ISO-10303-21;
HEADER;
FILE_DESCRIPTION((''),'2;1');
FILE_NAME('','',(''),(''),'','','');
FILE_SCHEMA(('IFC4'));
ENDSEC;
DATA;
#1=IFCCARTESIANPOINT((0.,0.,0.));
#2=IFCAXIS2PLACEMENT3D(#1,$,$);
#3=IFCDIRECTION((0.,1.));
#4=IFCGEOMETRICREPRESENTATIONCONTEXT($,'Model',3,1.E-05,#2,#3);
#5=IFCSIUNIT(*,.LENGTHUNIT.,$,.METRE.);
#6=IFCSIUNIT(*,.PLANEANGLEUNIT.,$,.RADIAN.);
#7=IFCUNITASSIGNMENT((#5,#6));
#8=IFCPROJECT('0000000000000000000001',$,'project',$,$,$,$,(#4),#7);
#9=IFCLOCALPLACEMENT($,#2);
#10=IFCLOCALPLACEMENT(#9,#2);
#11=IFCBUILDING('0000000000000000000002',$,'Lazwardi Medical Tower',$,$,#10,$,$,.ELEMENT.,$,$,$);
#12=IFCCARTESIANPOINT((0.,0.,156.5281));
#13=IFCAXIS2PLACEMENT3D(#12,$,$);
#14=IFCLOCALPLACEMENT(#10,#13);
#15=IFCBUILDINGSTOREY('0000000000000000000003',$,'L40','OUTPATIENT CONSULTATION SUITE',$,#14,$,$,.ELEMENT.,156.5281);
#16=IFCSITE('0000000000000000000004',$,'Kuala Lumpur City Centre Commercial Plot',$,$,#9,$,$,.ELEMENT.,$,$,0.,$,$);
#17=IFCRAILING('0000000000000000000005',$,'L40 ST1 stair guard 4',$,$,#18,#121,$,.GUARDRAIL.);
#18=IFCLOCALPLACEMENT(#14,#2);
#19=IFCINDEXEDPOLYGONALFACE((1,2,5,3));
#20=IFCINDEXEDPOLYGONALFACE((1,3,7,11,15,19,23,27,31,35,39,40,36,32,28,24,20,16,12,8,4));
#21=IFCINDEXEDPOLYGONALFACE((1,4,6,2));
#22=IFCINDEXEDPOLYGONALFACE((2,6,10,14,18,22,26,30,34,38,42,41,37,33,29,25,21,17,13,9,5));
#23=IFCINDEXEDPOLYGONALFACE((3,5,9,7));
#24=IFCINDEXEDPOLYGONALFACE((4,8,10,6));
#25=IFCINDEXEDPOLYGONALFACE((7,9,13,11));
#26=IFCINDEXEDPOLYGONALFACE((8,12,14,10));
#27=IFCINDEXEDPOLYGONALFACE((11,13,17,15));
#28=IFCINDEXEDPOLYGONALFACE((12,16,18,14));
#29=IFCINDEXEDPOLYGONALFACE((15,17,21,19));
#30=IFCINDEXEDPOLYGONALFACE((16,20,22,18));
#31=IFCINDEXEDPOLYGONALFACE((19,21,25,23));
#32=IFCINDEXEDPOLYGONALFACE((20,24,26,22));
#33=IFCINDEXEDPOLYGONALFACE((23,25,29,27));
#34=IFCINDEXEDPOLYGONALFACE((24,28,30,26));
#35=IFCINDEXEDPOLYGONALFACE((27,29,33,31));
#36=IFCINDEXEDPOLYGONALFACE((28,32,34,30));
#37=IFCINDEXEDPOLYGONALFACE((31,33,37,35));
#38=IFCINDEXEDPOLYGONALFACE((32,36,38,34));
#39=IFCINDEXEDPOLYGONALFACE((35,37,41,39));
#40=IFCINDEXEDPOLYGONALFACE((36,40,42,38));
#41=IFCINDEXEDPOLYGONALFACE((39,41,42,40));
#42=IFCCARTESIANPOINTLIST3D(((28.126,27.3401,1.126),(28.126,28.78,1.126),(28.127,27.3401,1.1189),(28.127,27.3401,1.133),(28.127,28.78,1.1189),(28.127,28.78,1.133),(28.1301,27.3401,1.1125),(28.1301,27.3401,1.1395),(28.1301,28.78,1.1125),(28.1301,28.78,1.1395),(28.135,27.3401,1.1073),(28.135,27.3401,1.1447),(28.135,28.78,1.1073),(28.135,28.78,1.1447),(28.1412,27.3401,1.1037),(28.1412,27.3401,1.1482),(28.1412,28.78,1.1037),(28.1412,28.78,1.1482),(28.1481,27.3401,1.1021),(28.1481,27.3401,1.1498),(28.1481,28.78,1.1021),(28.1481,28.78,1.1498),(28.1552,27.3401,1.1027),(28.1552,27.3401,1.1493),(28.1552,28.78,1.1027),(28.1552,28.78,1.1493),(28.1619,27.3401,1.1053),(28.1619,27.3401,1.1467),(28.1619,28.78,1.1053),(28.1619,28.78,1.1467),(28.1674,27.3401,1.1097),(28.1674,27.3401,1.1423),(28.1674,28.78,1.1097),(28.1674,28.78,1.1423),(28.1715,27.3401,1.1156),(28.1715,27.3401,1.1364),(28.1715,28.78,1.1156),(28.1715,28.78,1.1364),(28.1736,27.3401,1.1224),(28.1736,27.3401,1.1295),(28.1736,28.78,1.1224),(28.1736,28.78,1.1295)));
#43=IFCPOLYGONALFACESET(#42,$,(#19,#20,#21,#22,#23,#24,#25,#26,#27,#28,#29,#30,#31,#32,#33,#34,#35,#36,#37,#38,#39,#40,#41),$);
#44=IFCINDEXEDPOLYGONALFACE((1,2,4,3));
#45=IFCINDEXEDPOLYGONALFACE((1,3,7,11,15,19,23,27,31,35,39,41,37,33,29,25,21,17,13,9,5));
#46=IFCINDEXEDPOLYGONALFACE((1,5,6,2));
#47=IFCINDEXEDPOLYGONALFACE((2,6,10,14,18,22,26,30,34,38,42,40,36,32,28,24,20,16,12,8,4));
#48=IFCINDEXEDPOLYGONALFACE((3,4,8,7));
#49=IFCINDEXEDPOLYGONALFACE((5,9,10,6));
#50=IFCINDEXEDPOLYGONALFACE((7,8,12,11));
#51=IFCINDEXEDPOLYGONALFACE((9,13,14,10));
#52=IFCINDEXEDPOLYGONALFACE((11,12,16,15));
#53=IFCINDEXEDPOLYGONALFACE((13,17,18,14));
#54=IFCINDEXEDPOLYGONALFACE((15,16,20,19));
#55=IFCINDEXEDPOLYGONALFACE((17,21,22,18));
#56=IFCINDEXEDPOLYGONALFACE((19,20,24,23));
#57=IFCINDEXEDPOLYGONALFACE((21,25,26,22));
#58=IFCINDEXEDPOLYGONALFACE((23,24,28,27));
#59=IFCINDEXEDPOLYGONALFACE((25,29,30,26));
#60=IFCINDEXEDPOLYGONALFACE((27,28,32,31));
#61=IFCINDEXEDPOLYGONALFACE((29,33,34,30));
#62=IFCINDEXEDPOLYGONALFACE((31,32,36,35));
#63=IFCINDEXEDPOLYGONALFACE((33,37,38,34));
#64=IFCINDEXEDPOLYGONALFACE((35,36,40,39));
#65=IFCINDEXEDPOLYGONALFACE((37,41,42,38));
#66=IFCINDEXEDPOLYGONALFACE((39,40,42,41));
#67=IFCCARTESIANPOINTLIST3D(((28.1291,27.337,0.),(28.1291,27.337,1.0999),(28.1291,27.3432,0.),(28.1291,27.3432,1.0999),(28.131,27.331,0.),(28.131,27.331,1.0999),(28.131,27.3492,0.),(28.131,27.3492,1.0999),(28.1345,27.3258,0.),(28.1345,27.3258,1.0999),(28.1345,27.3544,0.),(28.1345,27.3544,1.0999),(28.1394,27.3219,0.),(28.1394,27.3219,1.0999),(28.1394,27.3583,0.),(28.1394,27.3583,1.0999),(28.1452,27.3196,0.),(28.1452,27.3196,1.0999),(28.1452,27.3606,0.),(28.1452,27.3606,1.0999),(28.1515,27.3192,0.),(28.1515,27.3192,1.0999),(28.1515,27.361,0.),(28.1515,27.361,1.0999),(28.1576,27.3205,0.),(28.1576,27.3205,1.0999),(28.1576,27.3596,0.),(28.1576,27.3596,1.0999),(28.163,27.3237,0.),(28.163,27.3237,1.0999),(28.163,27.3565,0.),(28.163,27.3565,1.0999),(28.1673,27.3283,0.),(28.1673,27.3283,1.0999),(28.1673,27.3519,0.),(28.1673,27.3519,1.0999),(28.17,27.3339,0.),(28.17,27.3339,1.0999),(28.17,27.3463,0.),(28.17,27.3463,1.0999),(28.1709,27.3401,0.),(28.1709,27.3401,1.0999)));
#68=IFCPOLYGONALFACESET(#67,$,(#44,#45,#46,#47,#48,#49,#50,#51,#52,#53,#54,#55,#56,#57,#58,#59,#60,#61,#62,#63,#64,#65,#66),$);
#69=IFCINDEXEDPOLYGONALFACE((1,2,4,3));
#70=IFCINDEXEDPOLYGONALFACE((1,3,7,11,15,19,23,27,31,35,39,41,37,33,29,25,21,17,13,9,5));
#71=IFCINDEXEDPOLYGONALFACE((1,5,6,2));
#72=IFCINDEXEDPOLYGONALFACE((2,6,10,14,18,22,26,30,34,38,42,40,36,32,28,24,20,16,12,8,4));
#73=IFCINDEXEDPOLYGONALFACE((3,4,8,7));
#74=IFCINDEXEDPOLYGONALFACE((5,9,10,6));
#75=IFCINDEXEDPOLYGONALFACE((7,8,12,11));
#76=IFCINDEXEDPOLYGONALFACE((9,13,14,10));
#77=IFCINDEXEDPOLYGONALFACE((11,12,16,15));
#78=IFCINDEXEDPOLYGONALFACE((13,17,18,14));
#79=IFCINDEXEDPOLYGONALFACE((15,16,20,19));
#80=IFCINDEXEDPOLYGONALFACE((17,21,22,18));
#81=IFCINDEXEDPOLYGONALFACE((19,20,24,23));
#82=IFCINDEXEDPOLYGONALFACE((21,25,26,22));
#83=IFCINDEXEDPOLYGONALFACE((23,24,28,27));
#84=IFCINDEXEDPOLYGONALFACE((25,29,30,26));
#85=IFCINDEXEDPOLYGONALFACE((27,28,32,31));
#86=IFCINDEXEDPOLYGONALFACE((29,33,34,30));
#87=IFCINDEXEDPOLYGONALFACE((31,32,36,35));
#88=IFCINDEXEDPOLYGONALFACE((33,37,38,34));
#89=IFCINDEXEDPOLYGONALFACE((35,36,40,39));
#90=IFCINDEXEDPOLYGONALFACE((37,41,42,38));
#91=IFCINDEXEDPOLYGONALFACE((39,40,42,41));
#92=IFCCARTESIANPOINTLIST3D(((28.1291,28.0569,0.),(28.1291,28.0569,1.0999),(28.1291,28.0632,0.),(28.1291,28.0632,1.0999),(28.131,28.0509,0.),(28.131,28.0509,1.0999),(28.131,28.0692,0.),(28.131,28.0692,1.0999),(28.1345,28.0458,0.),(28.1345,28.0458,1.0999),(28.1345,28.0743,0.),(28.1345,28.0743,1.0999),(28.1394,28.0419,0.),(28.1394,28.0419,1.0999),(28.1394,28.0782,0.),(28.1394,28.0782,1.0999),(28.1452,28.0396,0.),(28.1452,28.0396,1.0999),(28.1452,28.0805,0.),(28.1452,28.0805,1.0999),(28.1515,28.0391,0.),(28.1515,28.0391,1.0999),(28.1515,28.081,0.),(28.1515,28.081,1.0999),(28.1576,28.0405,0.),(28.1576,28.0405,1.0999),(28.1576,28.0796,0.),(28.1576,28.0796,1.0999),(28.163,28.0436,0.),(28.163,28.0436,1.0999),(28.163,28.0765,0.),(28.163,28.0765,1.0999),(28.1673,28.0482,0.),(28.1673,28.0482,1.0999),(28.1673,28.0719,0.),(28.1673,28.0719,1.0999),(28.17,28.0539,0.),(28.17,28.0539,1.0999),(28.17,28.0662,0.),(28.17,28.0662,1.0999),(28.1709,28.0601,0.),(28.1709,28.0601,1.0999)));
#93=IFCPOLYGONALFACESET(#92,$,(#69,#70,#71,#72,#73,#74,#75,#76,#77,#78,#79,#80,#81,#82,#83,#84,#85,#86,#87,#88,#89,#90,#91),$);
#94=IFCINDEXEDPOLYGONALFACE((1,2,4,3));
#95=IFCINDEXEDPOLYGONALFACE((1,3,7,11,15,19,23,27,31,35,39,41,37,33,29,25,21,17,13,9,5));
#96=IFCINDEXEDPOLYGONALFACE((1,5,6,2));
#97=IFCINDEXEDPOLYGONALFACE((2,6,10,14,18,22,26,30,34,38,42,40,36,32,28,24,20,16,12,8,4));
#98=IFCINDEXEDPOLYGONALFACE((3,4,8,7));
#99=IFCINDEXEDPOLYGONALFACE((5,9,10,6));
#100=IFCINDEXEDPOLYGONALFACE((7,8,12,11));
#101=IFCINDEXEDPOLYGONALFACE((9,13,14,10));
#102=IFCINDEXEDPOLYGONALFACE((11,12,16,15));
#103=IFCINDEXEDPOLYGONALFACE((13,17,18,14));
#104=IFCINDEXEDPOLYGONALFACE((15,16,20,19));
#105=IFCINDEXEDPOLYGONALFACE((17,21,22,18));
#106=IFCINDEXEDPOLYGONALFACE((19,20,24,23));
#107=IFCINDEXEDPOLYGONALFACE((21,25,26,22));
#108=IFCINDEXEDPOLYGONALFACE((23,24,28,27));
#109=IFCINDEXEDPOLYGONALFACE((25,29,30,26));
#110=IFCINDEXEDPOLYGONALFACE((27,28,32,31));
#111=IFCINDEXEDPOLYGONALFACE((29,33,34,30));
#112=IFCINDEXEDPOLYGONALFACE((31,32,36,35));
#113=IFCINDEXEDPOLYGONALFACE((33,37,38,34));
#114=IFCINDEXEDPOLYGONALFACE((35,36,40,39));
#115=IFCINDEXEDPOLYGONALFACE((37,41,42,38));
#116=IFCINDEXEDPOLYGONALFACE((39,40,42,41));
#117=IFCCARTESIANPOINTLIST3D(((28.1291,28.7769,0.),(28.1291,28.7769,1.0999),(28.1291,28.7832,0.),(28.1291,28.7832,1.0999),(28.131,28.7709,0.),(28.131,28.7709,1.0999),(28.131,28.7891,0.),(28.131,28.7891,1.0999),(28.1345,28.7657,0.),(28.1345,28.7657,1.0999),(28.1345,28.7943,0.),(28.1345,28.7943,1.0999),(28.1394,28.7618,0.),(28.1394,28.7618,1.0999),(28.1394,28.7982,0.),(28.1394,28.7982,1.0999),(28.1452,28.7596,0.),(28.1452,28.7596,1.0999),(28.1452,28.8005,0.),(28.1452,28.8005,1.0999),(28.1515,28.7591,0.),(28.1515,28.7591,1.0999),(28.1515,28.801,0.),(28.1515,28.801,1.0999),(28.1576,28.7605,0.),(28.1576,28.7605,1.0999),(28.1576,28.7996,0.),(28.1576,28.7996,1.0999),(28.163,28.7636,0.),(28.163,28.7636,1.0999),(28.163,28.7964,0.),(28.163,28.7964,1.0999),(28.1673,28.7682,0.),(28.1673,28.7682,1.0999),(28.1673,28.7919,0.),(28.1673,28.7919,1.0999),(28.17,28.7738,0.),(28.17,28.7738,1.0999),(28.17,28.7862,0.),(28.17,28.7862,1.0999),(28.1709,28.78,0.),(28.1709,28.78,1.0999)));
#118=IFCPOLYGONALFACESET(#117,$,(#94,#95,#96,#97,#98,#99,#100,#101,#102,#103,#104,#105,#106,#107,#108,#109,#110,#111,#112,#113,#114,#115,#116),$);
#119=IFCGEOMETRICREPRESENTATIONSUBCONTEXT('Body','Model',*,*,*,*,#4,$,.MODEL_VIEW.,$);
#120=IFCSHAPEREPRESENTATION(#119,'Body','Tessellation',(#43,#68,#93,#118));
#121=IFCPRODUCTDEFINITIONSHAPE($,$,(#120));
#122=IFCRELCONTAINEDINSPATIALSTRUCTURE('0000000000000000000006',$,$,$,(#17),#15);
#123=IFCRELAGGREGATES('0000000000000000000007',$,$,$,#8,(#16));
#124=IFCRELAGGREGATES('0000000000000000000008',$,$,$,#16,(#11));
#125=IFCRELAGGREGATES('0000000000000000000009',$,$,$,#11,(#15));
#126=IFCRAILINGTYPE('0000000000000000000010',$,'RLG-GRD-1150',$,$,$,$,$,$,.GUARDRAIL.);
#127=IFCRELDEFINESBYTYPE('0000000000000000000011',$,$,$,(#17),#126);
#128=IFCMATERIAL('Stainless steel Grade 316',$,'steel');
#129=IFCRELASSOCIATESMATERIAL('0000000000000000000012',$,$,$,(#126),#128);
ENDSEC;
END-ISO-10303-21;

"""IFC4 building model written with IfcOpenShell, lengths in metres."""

from ifc_helpers import new_model, si_unit, direction, frame, origin, origin_2d, place, context, subcontext, project, spatial, circle, extrude, material, type_object, element, save


model = new_model("IFC4")

# Units and contexts
model_context = context("Model", 3, precision=1e-05, world=origin(), true_north=direction((0.0, 1.0)))
body_context = subcontext(model_context, "Body", "Model", "MODEL_VIEW")
ifc_project = project(units=[si_unit("LENGTHUNIT", "METRE"), si_unit("PLANEANGLEUNIT", "RADIAN")], contexts=[model_context])

# Site, building, storey
site_placement = place(None, origin())
site = spatial("IfcSite", under=ifc_project, at=site_placement, Name="Kuala Lumpur City Centre Commercial Plot", CompositionType="ELEMENT", RefElevation=0.0)
building_placement = place(site_placement, origin())
building = spatial("IfcBuilding", under=site, at=building_placement, Name="Lazwardi Medical Tower", CompositionType="ELEMENT")
storey_placement = place(building_placement, frame((0.0, 0.0, 156.5281)))
storey = spatial("IfcBuildingStorey", under=building, at=storey_placement, Name="L40", Description="OUTPATIENT CONSULTATION SUITE", CompositionType="ELEMENT", Elevation=156.5281)

# Railing
ifc_material_1 = material(Name="Stainless steel Grade 316", Category="steel")
railing_type_1 = type_object("IfcRailingType", Name="RLG-GRD-1150", PredefinedType="GUARDRAIL", material=ifc_material_1)
railing_1_placement = place(storey_placement, frame((28.1499, 27.3401, 0.0)))
element("IfcRailing", 1, at=railing_1_placement, inside=storey, type_object=railing_type_1, Name="L40 ST1 stair guard 4", PredefinedType="GUARDRAIL", context=body_context, shape_type="SweptSolid", body=[
    extrude(circle(Radius=0.0239, at=origin_2d()), frame((0.0, 0.0, 1.126), z_axis=(0.0, 1.0, 0.0), x_axis=(-1.0, 0.0, 0.0)), (0.0, 0.0, 1.0), 1.4399),
    extrude(circle(Radius=0.021, at=origin_2d()), origin(), (0.0, 0.0, 1.0), 1.0999),
    extrude(circle(Radius=0.021, at=origin_2d()), frame((0.0, 0.72, 0.0)), (0.0, 0.0, 1.0), 1.0999),
    extrude(circle(Radius=0.021, at=origin_2d()), frame((0.0, 1.4399, 0.0)), (0.0, 0.0, 1.0), 1.0999),
])

save(model, "model.ifc")
